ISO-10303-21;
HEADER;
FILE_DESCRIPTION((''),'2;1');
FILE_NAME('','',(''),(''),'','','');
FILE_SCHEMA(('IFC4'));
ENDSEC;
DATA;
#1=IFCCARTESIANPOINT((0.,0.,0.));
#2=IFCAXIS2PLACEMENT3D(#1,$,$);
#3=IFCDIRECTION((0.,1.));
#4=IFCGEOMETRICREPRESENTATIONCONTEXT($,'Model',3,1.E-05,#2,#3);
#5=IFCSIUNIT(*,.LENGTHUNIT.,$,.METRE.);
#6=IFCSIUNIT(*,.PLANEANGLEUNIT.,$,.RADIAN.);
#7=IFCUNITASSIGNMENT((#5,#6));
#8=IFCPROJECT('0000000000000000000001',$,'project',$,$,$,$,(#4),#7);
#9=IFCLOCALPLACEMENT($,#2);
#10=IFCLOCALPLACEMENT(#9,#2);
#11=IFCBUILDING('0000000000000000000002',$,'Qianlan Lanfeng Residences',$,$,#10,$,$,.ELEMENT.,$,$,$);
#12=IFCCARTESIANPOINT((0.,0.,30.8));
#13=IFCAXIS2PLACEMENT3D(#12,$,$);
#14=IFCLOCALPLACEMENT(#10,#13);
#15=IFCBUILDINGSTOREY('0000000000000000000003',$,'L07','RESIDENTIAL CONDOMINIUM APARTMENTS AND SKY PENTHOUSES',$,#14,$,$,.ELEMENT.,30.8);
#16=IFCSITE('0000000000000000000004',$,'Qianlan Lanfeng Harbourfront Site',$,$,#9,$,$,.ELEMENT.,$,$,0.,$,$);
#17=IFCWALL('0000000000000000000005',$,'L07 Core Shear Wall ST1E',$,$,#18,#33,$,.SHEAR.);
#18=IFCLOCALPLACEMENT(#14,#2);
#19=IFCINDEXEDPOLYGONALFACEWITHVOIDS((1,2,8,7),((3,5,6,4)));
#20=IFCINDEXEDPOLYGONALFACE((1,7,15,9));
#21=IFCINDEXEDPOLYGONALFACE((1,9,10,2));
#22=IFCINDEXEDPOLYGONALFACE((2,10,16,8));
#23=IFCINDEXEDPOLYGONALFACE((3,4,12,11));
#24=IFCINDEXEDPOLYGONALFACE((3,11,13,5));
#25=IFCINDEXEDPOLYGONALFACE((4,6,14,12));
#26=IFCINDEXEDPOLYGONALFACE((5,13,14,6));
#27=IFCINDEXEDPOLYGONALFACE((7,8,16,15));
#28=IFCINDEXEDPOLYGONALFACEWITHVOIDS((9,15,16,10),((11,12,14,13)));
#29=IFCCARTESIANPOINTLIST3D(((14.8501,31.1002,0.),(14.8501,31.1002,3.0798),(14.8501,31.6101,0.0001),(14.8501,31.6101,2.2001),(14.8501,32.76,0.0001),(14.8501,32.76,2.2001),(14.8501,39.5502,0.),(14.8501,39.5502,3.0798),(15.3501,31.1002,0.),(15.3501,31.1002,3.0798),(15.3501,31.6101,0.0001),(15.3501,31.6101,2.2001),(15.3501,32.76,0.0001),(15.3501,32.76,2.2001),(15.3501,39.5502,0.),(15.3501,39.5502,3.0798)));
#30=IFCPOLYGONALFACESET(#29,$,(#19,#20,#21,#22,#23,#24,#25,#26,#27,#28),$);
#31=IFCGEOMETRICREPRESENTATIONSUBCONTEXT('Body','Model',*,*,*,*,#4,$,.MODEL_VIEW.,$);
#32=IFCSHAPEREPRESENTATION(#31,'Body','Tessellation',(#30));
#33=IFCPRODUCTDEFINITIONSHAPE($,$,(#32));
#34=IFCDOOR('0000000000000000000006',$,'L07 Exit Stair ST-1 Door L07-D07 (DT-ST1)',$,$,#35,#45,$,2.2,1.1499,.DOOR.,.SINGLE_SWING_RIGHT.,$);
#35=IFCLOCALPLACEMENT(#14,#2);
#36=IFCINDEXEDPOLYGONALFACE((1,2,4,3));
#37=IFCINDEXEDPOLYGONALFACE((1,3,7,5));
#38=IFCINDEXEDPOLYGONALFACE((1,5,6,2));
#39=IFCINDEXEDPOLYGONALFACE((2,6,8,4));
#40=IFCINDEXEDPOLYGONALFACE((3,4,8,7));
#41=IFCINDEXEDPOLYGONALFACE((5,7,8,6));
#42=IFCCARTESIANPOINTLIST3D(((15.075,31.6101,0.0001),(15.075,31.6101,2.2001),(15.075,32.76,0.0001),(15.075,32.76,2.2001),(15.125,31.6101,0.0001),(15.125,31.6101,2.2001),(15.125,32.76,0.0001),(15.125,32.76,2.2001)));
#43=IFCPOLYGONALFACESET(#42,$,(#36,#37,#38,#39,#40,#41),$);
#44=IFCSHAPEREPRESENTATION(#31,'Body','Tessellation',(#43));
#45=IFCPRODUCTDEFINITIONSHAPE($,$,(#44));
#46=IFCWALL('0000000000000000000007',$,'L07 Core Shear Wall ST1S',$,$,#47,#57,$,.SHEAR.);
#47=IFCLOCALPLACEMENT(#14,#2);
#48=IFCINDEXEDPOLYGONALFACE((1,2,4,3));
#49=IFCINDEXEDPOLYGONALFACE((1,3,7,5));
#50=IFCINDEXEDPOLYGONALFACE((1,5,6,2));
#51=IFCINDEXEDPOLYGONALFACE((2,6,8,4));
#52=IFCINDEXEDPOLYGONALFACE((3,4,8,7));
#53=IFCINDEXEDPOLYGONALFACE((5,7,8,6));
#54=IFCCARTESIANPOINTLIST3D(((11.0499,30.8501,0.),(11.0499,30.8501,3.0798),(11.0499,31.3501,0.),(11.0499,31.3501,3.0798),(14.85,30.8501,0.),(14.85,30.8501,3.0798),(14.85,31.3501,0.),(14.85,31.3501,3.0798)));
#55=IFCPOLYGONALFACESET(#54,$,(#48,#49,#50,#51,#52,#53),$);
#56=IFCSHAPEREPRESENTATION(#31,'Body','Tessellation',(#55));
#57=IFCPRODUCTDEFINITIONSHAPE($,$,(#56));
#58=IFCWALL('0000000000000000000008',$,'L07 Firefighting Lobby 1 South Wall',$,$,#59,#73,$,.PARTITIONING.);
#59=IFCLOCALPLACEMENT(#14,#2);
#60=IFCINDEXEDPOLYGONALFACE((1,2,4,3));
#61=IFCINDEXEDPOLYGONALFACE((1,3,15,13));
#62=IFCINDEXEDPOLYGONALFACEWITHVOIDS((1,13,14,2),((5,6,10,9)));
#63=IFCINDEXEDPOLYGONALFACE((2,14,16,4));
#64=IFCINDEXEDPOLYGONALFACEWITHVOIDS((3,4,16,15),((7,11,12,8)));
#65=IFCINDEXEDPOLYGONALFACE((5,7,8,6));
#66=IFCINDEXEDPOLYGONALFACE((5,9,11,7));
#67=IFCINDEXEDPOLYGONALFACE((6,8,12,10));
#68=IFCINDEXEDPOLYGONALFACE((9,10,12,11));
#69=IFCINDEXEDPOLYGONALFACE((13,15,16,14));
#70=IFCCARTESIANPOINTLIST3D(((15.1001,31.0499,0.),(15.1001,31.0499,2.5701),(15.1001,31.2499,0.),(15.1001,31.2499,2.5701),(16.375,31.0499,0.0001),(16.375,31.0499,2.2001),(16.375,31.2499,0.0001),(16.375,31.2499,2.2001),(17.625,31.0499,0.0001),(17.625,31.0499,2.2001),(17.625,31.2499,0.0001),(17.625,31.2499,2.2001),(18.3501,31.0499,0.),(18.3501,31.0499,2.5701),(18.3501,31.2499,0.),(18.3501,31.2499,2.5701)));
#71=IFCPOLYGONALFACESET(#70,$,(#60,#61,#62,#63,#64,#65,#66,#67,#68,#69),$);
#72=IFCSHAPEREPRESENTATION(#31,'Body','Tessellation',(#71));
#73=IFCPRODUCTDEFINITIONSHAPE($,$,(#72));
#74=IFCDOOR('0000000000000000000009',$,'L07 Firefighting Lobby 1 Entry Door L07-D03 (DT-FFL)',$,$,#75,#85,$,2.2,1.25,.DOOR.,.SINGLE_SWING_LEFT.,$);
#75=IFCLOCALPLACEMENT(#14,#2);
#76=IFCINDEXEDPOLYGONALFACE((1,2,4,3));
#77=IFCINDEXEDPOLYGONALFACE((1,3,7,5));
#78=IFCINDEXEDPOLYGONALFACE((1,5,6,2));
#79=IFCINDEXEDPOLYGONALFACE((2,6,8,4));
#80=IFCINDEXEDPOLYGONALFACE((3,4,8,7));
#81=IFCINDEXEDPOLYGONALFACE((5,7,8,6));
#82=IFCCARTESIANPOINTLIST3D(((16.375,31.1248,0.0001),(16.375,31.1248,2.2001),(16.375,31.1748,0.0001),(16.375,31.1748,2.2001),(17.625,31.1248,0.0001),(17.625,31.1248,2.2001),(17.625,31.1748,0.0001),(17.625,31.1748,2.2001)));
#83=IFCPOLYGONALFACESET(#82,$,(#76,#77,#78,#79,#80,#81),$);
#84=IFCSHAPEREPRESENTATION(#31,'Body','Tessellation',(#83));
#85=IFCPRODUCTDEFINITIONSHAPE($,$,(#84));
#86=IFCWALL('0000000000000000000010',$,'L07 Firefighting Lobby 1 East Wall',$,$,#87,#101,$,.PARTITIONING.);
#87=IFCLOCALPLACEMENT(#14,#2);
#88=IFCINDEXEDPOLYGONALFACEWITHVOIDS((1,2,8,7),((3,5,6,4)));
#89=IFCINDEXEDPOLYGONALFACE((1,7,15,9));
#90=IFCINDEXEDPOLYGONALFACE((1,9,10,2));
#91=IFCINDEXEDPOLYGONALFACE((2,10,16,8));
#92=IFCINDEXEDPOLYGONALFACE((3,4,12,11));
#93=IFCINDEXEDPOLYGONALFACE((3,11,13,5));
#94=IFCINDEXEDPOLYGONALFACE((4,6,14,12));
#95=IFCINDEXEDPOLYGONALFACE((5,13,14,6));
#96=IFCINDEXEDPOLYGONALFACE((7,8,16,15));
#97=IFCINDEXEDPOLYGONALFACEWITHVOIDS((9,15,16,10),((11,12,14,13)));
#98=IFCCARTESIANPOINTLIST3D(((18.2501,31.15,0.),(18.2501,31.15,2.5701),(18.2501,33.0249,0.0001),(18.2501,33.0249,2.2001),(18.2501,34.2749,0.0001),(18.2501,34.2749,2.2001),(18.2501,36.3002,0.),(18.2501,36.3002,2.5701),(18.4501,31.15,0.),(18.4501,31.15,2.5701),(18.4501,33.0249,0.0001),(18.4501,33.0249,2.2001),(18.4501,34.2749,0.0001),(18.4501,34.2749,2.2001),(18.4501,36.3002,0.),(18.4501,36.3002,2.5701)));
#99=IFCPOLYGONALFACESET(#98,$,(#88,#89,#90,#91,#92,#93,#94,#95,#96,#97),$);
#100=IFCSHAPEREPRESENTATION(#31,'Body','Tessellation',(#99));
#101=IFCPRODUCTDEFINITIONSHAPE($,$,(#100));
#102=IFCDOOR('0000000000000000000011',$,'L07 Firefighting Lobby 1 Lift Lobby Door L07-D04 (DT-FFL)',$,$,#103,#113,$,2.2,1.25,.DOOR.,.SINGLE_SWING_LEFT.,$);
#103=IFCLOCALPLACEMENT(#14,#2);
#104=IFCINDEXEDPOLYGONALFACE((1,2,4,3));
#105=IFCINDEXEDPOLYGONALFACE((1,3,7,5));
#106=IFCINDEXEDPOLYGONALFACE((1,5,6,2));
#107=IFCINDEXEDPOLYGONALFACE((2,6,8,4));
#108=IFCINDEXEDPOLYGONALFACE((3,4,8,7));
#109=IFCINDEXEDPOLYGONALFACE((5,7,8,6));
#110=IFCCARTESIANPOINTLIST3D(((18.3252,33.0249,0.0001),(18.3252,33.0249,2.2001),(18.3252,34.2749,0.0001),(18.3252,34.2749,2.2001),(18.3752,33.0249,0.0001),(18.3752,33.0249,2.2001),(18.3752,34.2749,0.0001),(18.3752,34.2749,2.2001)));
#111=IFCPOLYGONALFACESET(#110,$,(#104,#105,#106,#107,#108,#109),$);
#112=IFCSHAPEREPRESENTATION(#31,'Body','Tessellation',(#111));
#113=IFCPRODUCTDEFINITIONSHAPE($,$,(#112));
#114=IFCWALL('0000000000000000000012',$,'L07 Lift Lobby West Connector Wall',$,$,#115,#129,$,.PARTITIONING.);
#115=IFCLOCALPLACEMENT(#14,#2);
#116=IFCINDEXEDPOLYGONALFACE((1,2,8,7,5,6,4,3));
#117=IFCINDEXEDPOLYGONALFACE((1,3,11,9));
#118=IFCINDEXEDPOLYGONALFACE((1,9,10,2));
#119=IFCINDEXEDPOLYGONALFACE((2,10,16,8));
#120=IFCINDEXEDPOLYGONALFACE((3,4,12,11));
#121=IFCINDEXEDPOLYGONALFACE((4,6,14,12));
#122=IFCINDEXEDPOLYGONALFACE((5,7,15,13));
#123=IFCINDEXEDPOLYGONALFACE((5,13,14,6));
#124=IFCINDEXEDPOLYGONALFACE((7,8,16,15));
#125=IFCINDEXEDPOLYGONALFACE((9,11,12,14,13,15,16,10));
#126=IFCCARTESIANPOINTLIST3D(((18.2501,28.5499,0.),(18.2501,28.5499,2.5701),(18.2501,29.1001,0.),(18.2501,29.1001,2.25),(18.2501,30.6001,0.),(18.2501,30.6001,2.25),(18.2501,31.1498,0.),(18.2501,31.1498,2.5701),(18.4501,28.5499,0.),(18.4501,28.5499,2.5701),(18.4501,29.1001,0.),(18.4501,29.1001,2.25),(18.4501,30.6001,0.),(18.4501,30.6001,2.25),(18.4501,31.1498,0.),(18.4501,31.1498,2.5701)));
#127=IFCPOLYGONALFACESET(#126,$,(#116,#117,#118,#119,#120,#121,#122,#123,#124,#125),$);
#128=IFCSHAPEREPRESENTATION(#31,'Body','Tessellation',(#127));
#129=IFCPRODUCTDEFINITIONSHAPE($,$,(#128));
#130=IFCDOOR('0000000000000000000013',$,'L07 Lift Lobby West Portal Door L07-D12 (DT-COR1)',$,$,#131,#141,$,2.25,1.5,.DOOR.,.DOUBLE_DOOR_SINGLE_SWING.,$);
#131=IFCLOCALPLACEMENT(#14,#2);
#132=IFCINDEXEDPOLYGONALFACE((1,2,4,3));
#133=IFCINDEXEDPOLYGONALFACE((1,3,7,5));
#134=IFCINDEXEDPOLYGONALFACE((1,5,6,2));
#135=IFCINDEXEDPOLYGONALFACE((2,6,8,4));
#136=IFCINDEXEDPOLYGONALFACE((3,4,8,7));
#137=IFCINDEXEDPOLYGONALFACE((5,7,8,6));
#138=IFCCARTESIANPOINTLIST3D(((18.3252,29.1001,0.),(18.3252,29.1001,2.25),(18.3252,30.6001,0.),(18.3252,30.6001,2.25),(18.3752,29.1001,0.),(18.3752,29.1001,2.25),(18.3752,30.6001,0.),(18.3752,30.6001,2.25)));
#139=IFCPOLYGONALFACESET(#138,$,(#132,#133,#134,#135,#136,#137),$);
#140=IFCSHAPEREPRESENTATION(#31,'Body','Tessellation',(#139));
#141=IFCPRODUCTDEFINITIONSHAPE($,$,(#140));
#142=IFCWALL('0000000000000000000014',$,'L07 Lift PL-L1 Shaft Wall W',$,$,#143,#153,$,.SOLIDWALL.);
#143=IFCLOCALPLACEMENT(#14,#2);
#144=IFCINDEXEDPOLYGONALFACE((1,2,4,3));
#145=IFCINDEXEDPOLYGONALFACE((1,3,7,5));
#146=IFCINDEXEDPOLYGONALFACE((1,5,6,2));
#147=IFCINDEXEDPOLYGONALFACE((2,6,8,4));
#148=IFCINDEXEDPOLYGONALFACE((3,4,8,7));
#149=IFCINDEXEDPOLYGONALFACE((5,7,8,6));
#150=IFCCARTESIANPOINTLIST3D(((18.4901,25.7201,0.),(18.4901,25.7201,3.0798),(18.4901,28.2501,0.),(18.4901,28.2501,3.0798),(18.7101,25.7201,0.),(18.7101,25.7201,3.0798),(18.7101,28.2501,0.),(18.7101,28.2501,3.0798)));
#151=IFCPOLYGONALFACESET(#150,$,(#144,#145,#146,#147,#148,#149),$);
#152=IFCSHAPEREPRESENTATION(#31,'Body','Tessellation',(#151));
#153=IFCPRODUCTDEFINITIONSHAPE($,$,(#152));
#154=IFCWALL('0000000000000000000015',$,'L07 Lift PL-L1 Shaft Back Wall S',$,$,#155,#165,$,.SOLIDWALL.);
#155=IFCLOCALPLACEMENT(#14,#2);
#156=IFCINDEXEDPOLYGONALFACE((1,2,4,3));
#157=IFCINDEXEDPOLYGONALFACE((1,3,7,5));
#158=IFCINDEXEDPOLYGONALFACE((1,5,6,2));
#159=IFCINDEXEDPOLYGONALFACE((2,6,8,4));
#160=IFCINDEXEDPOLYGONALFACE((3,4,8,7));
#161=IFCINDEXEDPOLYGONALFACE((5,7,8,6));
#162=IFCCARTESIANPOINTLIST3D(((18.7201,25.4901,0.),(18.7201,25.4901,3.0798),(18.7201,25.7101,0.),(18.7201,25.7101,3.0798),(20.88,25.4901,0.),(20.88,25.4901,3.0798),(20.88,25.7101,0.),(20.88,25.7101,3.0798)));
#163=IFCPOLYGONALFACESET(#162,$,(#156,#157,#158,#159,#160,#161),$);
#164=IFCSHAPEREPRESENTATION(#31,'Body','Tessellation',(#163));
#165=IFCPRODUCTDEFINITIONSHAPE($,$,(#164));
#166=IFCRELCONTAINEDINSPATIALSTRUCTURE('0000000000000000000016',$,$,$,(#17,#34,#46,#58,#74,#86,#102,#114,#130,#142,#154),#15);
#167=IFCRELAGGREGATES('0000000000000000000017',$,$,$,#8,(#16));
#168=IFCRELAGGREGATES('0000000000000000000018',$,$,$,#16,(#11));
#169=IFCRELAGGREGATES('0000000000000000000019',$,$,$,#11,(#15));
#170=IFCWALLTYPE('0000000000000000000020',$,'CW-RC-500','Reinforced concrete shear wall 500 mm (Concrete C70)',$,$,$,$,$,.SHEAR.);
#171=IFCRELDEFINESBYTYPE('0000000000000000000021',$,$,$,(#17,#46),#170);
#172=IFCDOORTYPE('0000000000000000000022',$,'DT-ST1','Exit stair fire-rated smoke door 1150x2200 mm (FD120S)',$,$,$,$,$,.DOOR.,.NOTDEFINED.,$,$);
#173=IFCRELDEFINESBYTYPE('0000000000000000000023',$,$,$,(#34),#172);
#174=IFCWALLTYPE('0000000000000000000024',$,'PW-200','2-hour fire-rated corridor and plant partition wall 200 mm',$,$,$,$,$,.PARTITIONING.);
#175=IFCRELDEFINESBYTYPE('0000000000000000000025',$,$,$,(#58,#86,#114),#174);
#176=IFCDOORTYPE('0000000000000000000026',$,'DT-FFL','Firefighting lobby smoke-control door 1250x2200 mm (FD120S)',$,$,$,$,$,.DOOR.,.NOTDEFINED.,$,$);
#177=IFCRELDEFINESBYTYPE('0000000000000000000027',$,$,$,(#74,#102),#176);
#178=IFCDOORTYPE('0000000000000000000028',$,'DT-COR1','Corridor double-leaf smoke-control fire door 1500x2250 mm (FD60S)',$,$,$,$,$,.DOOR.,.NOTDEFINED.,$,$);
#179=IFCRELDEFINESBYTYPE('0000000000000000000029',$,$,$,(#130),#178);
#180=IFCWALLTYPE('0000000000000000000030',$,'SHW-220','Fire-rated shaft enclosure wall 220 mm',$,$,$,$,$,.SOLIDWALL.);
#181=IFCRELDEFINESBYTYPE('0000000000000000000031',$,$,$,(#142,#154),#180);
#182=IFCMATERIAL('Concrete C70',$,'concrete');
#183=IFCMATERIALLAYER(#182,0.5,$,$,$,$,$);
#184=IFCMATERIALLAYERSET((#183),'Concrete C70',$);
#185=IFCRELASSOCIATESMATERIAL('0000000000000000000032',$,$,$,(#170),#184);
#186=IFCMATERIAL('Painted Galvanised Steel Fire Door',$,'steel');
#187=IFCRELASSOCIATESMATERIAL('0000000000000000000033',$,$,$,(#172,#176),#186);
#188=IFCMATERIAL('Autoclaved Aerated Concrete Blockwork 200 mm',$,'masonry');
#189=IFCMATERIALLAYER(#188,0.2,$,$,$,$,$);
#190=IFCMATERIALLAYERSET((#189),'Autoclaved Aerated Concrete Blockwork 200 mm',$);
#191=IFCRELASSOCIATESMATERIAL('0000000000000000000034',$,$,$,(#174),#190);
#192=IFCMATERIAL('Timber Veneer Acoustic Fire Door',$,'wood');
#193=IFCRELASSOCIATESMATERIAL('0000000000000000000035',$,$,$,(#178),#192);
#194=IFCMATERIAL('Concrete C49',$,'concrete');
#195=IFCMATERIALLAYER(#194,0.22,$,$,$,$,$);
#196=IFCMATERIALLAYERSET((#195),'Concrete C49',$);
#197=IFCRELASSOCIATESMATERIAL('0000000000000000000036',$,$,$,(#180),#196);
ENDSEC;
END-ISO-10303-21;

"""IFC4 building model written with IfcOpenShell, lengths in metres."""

from ifc_helpers import new_model, si_unit, direction, frame, frame_2d, origin, place, context, subcontext, project, spatial, rectangle, extrude, material, layer, layer_set, type_object, element, fill, save


model = new_model("IFC4")

# Units and contexts
model_context = context("Model", 3, precision=1e-05, world=origin(), true_north=direction((0.0, 1.0)))
body_context = subcontext(model_context, "Body", "Model", "MODEL_VIEW")
ifc_project = project(units=[si_unit("LENGTHUNIT", "METRE"), si_unit("PLANEANGLEUNIT", "RADIAN")], contexts=[model_context])

# Site, building, storey
site_placement = place(None, origin())
site = spatial("IfcSite", under=ifc_project, at=site_placement, Name="Qianlan Lanfeng Harbourfront Site", CompositionType="ELEMENT", RefElevation=0.0)
building_placement = place(site_placement, origin())
building = spatial("IfcBuilding", under=site, at=building_placement, Name="Qianlan Lanfeng Residences", CompositionType="ELEMENT")
storey_placement = place(building_placement, frame((0.0, 0.0, 30.8)))
storey = spatial("IfcBuildingStorey", under=building, at=storey_placement, Name="L07", Description="RESIDENTIAL CONDOMINIUM APARTMENTS AND SKY PENTHOUSES", CompositionType="ELEMENT", Elevation=30.8)

# Wall, opening, door
ifc_material_1 = material(Name="Concrete C70", Category="concrete")
ifc_layer_1 = layer(ifc_material_1, 0.5)
ifc_layer_set_1 = layer_set([ifc_layer_1], Name="Concrete C70")
wall_type_1 = type_object("IfcWallType", Name="CW-RC-500", Description="Reinforced concrete shear wall 500 mm (Concrete C70)", PredefinedType="SHEAR", material=ifc_layer_set_1)
wall_1_placement = place(storey_placement, frame((15.1001, 31.1001, 0.0), z_axis=(0.0, 0.0, 1.0), x_axis=(0.0, 1.0, 0.0)))
wall_1 = element("IfcWall", 1, at=wall_1_placement, inside=storey, type_object=wall_type_1, Name="L07 Core Shear Wall ST1E", PredefinedType="SHEAR", context=body_context, shape_type="SweptSolid", body=[
    extrude(rectangle(XDim=8.45, YDim=0.5, at=frame_2d((4.2251, 0.0))), origin(), (0.0, 0.0, 1.0), 3.0798),
])
opening_1_placement = place(wall_1_placement, frame((0.51, 0.0, 0.0)))
opening_1 = element("IfcOpeningElement", 2, at=opening_1_placement, cuts=wall_1, PredefinedType="OPENING", context=body_context, shape_type="SweptSolid", body=[
    extrude(rectangle(XDim=1.1499, YDim=2.2, at=frame_2d((0.575, 1.1001))), frame((0.0, 0.26, 0.0), z_axis=(0.0, -1.0, 0.0), x_axis=(1.0, 0.0, 0.0)), (0.0, 0.0, 1.0), 0.52),
])
ifc_material_2 = material(Name="Painted Galvanised Steel Fire Door", Category="steel")
door_type_1 = type_object("IfcDoorType", Name="DT-ST1", Description="Exit stair fire-rated smoke door 1150x2200 mm (FD120S)", OperationType="NOTDEFINED", PredefinedType="DOOR", material=ifc_material_2)
door_1_placement = place(opening_1_placement, frame((1.1499, 0.0, 0.0), z_axis=(0.0, 0.0, 1.0), x_axis=(-1.0, 0.0, 0.0)))
door_1 = element("IfcDoor", 3, at=door_1_placement, inside=storey, type_object=door_type_1, Name="L07 Exit Stair ST-1 Door L07-D07 (DT-ST1)", OperationType="SINGLE_SWING_RIGHT", OverallHeight=2.2, OverallWidth=1.1499, PredefinedType="DOOR", context=body_context, shape_type="SweptSolid", body=[
    extrude(rectangle(XDim=1.1499, YDim=2.2, at=frame_2d((0.575, 1.1001))), frame((0.0, 0.0249, 0.0), z_axis=(0.0, -1.0, 0.0), x_axis=(1.0, 0.0, 0.0)), (0.0, 0.0, 1.0), 0.05),
])
fill(opening_1, door_1)

# Wall
wall_2_placement = place(storey_placement, frame((11.05, 31.1001, 0.0), z_axis=(0.0, 0.0, 1.0), x_axis=(1.0, 0.0, 0.0)))
element("IfcWall", 4, at=wall_2_placement, inside=storey, type_object=wall_type_1, Name="L07 Core Shear Wall ST1S", PredefinedType="SHEAR", context=body_context, shape_type="SweptSolid", body=[
    extrude(rectangle(XDim=3.8, YDim=0.5, at=frame_2d((1.8999, 0.0))), origin(), (0.0, 0.0, 1.0), 3.0798),
])

# Walls, openings, doors
ifc_material_3 = material(Name="Autoclaved Aerated Concrete Blockwork 200 mm", Category="masonry")
ifc_layer_2 = layer(ifc_material_3, 0.2)
ifc_layer_set_2 = layer_set([ifc_layer_2], Name="Autoclaved Aerated Concrete Blockwork 200 mm")
wall_type_2 = type_object("IfcWallType", Name="PW-200", Description="2-hour fire-rated corridor and plant partition wall 200 mm", PredefinedType="PARTITIONING", material=ifc_layer_set_2)
wall_3_placement = place(storey_placement, frame((15.1001, 31.1499, 0.0), z_axis=(0.0, 0.0, 1.0), x_axis=(1.0, 0.0, 0.0)))
wall_3 = element("IfcWall", 5, at=wall_3_placement, inside=storey, type_object=wall_type_2, Name="L07 Firefighting Lobby 1 South Wall", PredefinedType="PARTITIONING", context=body_context, shape_type="SweptSolid", body=[
    extrude(rectangle(XDim=3.25, YDim=0.2, at=frame_2d((1.625, 0.0))), origin(), (0.0, 0.0, 1.0), 2.5701),
])
opening_2_placement = place(wall_3_placement, frame((1.2749, 0.0, 0.0)))
opening_2 = element("IfcOpeningElement", 6, at=opening_2_placement, cuts=wall_3, PredefinedType="OPENING", context=body_context, shape_type="SweptSolid", body=[
    extrude(rectangle(XDim=1.25, YDim=2.2, at=frame_2d((0.625, 1.1001))), frame((0.0, 0.1099, 0.0), z_axis=(0.0, -1.0, 0.0), x_axis=(1.0, 0.0, 0.0)), (0.0, 0.0, 1.0), 0.22),
])
door_type_2 = type_object("IfcDoorType", Name="DT-FFL", Description="Firefighting lobby smoke-control door 1250x2200 mm (FD120S)", OperationType="NOTDEFINED", PredefinedType="DOOR", material=ifc_material_2)
door_2_placement = place(opening_2_placement, origin())
door_2 = element("IfcDoor", 7, at=door_2_placement, inside=storey, type_object=door_type_2, Name="L07 Firefighting Lobby 1 Entry Door L07-D03 (DT-FFL)", OperationType="SINGLE_SWING_LEFT", OverallHeight=2.2, OverallWidth=1.25, PredefinedType="DOOR", context=body_context, shape_type="SweptSolid", body=[
    extrude(rectangle(XDim=1.25, YDim=2.2, at=frame_2d((0.625, 1.1001))), frame((0.0, 0.0249, 0.0), z_axis=(0.0, -1.0, 0.0), x_axis=(1.0, 0.0, 0.0)), (0.0, 0.0, 1.0), 0.05),
])
fill(opening_2, door_2)
wall_4_placement = place(storey_placement, frame((18.3501, 31.1499, 0.0), z_axis=(0.0, 0.0, 1.0), x_axis=(0.0, 1.0, 0.0)))
wall_4 = element("IfcWall", 8, at=wall_4_placement, inside=storey, type_object=wall_type_2, Name="L07 Firefighting Lobby 1 East Wall", PredefinedType="PARTITIONING", context=body_context, shape_type="SweptSolid", body=[
    extrude(rectangle(XDim=5.1501, YDim=0.2, at=frame_2d((2.5752, 0.0))), origin(), (0.0, 0.0, 1.0), 2.5701),
])
opening_3_placement = place(wall_4_placement, frame((1.875, 0.0, 0.0)))
opening_3 = element("IfcOpeningElement", 9, at=opening_3_placement, cuts=wall_4, PredefinedType="OPENING", context=body_context, shape_type="SweptSolid", body=[
    extrude(rectangle(XDim=1.25, YDim=2.2, at=frame_2d((0.625, 1.1001))), frame((0.0, 0.1099, 0.0), z_axis=(0.0, -1.0, 0.0), x_axis=(1.0, 0.0, 0.0)), (0.0, 0.0, 1.0), 0.22),
])
door_3_placement = place(opening_3_placement, origin())
door_3 = element("IfcDoor", 10, at=door_3_placement, inside=storey, type_object=door_type_2, Name="L07 Firefighting Lobby 1 Lift Lobby Door L07-D04 (DT-FFL)", OperationType="SINGLE_SWING_LEFT", OverallHeight=2.2, OverallWidth=1.25, PredefinedType="DOOR", context=body_context, shape_type="SweptSolid", body=[
    extrude(rectangle(XDim=1.25, YDim=2.2, at=frame_2d((0.625, 1.1001))), frame((0.0, 0.0249, 0.0), z_axis=(0.0, -1.0, 0.0), x_axis=(1.0, 0.0, 0.0)), (0.0, 0.0, 1.0), 0.05),
])
fill(opening_3, door_3)
wall_5_placement = place(storey_placement, frame((18.3501, 28.55, 0.0), z_axis=(0.0, 0.0, 1.0), x_axis=(0.0, 1.0, 0.0)))
wall_5 = element("IfcWall", 11, at=wall_5_placement, inside=storey, type_object=wall_type_2, Name="L07 Lift Lobby West Connector Wall", PredefinedType="PARTITIONING", context=body_context, shape_type="SweptSolid", body=[
    extrude(rectangle(XDim=2.5999, YDim=0.2, at=frame_2d((1.2998, 0.0))), origin(), (0.0, 0.0, 1.0), 2.5701),
])
opening_4_placement = place(wall_5_placement, frame((0.55, 0.0, 0.0)))
opening_4 = element("IfcOpeningElement", 12, at=opening_4_placement, cuts=wall_5, PredefinedType="OPENING", context=body_context, shape_type="SweptSolid", body=[
    extrude(rectangle(XDim=1.5, YDim=2.25, at=frame_2d((0.75, 1.125))), frame((0.0, 0.1099, 0.0), z_axis=(0.0, -1.0, 0.0), x_axis=(1.0, 0.0, 0.0)), (0.0, 0.0, 1.0), 0.22),
])
ifc_material_4 = material(Name="Timber Veneer Acoustic Fire Door", Category="wood")
door_type_3 = type_object("IfcDoorType", Name="DT-COR1", Description="Corridor double-leaf smoke-control fire door 1500x2250 mm (FD60S)", OperationType="NOTDEFINED", PredefinedType="DOOR", material=ifc_material_4)
door_4_placement = place(opening_4_placement, origin())
door_4 = element("IfcDoor", 13, at=door_4_placement, inside=storey, type_object=door_type_3, Name="L07 Lift Lobby West Portal Door L07-D12 (DT-COR1)", OperationType="DOUBLE_DOOR_SINGLE_SWING", OverallHeight=2.25, OverallWidth=1.5, PredefinedType="DOOR", context=body_context, shape_type="SweptSolid", body=[
    extrude(rectangle(XDim=1.5, YDim=2.25, at=frame_2d((0.75, 1.125))), frame((0.0, 0.0249, 0.0), z_axis=(0.0, -1.0, 0.0), x_axis=(1.0, 0.0, 0.0)), (0.0, 0.0, 1.0), 0.05),
])
fill(opening_4, door_4)

# Walls
ifc_material_5 = material(Name="Concrete C49", Category="concrete")
ifc_layer_3 = layer(ifc_material_5, 0.22)
ifc_layer_set_3 = layer_set([ifc_layer_3], Name="Concrete C49")
wall_type_3 = type_object("IfcWallType", Name="SHW-220", Description="Fire-rated shaft enclosure wall 220 mm", PredefinedType="SOLIDWALL", material=ifc_layer_set_3)
wall_6_placement = place(storey_placement, frame((18.6001, 25.72, 0.0), z_axis=(0.0, 0.0, 1.0), x_axis=(0.0, 1.0, 0.0)))
element("IfcWall", 14, at=wall_6_placement, inside=storey, type_object=wall_type_3, Name="L07 Lift PL-L1 Shaft Wall W", PredefinedType="SOLIDWALL", context=body_context, shape_type="SweptSolid", body=[
    extrude(rectangle(XDim=2.53, YDim=0.22, at=frame_2d((1.2651, 0.0))), origin(), (0.0, 0.0, 1.0), 3.0798),
])
wall_7_placement = place(storey_placement, frame((18.72, 25.6001, 0.0), z_axis=(0.0, 0.0, 1.0), x_axis=(1.0, 0.0, 0.0)))
element("IfcWall", 15, at=wall_7_placement, inside=storey, type_object=wall_type_3, Name="L07 Lift PL-L1 Shaft Back Wall S", PredefinedType="SOLIDWALL", context=body_context, shape_type="SweptSolid", body=[
    extrude(rectangle(XDim=2.1599, YDim=0.22, at=frame_2d((1.0801, 0.0))), origin(), (0.0, 0.0, 1.0), 3.0798),
])

save(model, "model.ifc")
